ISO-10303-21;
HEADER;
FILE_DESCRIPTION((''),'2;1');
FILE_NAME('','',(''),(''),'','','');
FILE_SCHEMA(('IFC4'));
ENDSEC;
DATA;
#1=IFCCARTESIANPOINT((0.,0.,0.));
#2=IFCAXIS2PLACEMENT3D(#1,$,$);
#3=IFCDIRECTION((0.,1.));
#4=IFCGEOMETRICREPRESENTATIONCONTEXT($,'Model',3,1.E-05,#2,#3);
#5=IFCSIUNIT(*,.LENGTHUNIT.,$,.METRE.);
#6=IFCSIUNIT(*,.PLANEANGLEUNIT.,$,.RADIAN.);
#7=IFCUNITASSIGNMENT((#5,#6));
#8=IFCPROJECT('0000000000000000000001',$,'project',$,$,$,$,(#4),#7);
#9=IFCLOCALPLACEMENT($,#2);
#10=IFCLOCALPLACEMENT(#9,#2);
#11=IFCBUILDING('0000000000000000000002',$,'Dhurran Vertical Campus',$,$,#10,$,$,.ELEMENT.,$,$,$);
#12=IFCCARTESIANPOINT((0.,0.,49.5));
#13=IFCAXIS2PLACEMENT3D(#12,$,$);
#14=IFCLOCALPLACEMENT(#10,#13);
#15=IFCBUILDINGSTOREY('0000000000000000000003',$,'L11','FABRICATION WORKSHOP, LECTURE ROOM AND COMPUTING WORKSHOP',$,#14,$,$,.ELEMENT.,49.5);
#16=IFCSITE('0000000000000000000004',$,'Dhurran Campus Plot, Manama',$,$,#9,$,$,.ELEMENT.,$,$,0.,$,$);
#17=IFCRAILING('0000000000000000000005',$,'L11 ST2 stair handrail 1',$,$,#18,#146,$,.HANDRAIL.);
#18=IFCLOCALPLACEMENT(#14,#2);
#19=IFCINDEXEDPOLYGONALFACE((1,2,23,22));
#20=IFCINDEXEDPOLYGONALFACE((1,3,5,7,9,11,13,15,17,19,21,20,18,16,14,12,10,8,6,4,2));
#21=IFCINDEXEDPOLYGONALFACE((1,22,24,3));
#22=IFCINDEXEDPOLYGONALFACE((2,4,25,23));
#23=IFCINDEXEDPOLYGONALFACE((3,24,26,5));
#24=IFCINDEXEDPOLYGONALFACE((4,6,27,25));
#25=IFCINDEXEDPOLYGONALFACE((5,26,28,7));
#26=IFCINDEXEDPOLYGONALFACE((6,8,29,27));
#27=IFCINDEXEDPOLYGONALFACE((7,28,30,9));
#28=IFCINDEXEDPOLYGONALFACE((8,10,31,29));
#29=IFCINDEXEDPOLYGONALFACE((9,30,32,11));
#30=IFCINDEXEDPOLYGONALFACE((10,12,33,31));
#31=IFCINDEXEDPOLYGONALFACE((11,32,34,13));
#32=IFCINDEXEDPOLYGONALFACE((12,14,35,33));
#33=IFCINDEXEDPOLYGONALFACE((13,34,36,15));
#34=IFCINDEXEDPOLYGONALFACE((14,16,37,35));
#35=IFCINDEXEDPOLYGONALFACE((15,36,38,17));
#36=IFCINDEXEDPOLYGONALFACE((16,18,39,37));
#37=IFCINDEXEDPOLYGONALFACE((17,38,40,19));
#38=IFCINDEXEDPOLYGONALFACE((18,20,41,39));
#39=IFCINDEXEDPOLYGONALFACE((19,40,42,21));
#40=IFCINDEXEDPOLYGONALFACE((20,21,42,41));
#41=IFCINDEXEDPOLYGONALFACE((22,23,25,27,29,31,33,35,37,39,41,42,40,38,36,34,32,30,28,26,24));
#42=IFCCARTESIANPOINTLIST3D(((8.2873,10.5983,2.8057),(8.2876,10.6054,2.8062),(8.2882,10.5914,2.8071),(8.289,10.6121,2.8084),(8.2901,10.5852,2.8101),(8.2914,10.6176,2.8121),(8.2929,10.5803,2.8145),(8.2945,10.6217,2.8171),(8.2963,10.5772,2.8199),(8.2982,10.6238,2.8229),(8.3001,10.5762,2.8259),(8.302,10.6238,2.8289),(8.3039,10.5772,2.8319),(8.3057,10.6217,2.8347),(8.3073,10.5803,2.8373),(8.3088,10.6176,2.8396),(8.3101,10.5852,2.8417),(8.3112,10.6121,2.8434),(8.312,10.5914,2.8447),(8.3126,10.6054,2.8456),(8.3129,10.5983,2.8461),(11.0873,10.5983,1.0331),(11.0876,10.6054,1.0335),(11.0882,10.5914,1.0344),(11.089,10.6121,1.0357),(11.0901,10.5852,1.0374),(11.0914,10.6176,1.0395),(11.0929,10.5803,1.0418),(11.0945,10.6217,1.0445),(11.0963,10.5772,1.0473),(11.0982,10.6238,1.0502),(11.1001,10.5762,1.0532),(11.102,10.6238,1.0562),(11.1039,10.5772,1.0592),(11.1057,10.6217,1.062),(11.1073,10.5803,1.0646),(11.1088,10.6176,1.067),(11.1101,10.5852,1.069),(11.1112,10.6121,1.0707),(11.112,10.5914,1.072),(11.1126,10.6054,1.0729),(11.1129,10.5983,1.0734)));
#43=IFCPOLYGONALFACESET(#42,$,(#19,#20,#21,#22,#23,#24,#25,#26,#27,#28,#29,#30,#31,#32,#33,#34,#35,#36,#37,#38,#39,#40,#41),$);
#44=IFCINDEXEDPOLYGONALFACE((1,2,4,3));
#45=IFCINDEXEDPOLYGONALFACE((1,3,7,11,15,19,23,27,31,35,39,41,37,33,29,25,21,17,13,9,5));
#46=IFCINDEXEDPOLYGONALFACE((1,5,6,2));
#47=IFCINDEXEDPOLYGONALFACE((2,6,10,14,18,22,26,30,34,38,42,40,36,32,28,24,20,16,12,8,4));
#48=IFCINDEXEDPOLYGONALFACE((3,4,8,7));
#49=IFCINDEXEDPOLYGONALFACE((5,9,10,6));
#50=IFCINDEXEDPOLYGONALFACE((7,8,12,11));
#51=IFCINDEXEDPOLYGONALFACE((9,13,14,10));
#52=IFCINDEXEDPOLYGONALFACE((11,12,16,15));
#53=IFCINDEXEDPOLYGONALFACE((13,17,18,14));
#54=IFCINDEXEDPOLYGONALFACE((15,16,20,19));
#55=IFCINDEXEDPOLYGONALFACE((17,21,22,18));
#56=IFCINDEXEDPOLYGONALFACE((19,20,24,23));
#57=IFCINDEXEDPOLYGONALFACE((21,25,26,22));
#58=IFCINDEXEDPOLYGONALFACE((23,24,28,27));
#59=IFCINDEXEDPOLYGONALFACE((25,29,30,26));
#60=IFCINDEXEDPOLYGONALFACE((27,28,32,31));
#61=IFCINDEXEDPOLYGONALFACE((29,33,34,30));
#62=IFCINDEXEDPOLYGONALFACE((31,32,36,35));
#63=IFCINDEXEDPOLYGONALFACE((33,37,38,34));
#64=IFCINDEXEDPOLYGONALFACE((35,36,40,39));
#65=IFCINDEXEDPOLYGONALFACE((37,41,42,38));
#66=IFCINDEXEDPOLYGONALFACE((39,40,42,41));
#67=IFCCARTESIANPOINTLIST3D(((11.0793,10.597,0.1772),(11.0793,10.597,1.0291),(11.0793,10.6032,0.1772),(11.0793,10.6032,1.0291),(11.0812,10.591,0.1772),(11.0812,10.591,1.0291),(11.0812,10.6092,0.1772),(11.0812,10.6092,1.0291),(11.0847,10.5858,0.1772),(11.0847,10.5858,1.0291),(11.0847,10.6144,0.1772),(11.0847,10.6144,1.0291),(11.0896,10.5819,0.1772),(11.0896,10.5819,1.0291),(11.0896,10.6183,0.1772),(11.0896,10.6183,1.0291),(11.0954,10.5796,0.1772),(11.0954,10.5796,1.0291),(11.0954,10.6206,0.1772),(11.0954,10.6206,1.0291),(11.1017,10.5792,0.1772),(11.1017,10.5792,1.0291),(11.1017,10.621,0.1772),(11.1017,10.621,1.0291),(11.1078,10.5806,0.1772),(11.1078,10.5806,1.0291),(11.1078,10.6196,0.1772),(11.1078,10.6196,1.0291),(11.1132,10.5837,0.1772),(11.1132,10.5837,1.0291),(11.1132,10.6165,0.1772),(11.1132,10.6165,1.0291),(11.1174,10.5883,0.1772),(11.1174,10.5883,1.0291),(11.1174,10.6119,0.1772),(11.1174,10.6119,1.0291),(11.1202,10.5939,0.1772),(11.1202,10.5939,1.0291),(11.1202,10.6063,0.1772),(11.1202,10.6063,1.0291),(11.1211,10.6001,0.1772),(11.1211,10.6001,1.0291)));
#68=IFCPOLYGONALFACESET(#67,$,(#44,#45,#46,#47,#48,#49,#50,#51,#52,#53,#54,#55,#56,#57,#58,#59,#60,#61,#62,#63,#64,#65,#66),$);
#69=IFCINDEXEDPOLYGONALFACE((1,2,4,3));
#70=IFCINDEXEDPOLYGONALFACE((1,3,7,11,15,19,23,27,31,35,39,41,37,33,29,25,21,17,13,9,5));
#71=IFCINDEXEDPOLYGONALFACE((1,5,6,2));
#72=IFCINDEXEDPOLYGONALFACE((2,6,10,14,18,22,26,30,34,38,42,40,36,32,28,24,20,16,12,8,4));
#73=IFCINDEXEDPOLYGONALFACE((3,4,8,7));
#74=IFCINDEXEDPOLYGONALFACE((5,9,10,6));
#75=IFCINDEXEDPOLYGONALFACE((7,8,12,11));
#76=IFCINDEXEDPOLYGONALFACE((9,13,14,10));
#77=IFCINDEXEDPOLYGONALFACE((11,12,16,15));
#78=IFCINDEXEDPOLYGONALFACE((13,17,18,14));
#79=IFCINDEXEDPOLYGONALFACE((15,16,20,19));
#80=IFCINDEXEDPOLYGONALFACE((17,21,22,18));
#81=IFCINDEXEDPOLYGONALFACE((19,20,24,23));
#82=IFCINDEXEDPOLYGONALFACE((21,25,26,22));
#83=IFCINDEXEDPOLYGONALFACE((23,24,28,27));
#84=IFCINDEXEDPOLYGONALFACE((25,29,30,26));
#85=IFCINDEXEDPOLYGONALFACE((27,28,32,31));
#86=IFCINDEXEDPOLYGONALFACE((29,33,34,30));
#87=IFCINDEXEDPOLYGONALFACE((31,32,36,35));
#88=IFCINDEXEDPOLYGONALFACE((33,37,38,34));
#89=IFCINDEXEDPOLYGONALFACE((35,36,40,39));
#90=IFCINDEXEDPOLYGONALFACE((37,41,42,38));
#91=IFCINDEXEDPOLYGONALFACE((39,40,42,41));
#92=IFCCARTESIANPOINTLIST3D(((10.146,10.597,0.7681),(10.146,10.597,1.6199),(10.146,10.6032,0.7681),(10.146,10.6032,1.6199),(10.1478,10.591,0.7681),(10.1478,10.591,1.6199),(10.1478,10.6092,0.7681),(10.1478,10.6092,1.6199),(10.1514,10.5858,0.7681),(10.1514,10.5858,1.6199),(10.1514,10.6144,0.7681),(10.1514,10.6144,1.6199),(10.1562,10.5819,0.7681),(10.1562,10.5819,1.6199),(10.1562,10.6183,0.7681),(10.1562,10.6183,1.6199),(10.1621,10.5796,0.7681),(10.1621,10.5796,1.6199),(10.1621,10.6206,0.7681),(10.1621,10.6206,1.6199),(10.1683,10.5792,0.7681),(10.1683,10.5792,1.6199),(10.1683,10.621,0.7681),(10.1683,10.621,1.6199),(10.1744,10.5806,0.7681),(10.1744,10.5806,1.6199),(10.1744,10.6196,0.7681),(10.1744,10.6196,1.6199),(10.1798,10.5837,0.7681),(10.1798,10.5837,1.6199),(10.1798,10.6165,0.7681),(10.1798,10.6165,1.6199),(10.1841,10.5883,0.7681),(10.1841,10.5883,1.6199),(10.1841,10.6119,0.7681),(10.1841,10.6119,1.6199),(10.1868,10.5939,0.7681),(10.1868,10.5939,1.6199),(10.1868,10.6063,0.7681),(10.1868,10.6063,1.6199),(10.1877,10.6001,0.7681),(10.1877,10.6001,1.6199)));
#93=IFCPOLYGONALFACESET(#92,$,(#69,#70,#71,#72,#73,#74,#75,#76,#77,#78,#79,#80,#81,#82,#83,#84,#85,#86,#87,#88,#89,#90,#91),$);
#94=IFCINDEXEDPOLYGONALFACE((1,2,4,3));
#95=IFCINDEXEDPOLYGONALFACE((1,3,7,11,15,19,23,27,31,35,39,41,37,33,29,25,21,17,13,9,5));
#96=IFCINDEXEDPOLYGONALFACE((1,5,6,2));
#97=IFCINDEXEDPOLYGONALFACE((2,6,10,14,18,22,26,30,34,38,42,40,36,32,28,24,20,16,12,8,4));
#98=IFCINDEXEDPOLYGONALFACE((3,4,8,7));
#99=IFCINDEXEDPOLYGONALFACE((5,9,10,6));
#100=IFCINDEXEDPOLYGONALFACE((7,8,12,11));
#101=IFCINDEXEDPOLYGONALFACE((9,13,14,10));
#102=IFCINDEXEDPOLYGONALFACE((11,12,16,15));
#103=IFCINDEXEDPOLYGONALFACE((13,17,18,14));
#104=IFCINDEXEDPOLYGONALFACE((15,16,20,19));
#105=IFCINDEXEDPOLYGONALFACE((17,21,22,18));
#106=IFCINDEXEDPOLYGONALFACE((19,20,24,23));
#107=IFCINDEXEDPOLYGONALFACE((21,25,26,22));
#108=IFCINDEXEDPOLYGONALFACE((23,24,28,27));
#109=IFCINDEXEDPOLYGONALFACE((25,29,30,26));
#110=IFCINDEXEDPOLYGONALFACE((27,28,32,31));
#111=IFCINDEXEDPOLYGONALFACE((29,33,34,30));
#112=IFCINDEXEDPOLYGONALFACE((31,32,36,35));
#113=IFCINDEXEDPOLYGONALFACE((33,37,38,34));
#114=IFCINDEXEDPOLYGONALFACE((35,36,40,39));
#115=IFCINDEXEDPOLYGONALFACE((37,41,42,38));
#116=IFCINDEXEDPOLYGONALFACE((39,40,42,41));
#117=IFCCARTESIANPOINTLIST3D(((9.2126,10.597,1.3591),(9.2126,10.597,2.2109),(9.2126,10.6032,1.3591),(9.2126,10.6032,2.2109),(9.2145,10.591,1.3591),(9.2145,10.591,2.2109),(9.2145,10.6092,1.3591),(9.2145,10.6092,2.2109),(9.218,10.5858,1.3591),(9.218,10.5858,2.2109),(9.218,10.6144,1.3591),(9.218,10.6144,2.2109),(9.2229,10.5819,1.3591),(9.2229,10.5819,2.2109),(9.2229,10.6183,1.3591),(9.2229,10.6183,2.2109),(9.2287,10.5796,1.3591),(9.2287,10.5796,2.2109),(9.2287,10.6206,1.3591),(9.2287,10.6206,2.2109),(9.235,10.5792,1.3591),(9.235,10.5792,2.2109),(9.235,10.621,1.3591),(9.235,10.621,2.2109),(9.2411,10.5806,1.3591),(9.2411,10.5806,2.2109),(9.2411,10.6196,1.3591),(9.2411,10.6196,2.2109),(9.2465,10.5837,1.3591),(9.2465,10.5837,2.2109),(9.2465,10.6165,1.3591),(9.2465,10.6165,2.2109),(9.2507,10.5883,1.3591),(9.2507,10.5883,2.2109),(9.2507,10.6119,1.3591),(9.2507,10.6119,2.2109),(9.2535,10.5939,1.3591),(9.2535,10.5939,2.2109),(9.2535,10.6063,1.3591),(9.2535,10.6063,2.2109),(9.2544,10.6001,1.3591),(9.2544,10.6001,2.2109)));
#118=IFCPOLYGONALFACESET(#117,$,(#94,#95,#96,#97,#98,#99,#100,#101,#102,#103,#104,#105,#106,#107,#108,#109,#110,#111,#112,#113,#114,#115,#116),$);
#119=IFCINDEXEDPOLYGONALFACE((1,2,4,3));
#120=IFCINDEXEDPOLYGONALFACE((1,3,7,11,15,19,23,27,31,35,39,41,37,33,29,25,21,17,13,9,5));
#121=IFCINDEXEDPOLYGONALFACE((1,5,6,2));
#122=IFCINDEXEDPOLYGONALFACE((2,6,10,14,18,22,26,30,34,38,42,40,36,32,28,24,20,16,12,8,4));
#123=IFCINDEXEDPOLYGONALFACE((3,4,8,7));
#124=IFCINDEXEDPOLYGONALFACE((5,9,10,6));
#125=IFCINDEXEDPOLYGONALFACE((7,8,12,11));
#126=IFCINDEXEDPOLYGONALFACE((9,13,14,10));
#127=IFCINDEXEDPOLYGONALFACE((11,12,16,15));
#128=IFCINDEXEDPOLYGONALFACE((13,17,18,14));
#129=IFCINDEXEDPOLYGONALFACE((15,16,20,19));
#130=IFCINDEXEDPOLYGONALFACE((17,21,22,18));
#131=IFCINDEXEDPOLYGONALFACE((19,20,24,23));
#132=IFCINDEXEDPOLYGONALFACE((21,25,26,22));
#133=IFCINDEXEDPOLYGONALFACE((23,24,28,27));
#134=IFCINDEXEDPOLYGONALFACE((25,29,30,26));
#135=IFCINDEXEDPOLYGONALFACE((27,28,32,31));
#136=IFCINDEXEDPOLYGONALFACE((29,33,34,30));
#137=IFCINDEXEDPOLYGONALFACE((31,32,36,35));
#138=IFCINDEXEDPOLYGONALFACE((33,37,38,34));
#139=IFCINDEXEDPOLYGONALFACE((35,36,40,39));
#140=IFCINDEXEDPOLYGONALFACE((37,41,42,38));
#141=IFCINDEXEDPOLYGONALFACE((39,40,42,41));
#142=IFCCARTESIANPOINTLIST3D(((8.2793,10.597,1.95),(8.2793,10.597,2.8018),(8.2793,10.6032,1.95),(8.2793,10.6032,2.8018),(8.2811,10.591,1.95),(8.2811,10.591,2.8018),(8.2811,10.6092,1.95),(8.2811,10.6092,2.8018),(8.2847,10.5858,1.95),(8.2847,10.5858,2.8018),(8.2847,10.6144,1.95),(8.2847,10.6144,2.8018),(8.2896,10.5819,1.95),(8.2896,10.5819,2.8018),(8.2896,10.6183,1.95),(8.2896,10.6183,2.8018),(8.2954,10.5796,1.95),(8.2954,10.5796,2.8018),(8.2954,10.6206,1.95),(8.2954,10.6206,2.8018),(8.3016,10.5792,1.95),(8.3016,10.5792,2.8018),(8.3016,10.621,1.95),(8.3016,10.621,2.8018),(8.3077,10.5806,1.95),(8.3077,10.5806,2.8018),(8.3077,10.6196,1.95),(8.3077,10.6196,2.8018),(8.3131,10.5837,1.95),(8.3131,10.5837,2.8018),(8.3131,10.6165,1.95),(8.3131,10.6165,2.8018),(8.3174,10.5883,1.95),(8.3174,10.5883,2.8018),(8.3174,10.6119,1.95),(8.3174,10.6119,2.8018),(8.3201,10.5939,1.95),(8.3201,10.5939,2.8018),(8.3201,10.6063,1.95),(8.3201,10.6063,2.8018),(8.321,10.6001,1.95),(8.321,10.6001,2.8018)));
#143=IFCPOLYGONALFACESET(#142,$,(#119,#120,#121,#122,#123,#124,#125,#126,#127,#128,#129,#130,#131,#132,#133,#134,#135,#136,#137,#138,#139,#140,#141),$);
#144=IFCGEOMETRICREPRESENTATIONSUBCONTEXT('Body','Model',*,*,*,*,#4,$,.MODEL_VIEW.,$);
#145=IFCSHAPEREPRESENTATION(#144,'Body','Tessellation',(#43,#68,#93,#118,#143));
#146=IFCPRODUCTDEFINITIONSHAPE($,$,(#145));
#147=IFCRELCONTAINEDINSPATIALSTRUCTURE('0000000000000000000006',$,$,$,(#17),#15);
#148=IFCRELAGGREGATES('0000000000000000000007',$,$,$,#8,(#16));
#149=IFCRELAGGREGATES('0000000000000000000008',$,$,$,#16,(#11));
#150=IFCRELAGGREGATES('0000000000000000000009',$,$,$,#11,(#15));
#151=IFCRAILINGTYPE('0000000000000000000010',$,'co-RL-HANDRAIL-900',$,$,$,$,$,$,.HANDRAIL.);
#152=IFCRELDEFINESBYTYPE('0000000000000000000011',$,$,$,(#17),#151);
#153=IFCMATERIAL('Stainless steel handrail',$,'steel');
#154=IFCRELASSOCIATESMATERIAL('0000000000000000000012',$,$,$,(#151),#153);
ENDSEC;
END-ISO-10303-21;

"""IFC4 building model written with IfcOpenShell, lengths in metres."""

from ifc_helpers import new_model, si_unit, direction, frame, origin, origin_2d, place, context, subcontext, project, spatial, circle, extrude, material, type_object, element, save


model = new_model("IFC4")

# Units and contexts
model_context = context("Model", 3, precision=1e-05, world=origin(), true_north=direction((0.0, 1.0)))
body_context = subcontext(model_context, "Body", "Model", "MODEL_VIEW")
ifc_project = project(units=[si_unit("LENGTHUNIT", "METRE"), si_unit("PLANEANGLEUNIT", "RADIAN")], contexts=[model_context])

# Site, building, storey
site_placement = place(None, origin())
site = spatial("IfcSite", under=ifc_project, at=site_placement, Name="Dhurran Campus Plot, Manama", CompositionType="ELEMENT", RefElevation=0.0)
building_placement = place(site_placement, origin())
building = spatial("IfcBuilding", under=site, at=building_placement, Name="Dhurran Vertical Campus", CompositionType="ELEMENT")
storey_placement = place(building_placement, frame((0.0, 0.0, 49.5)))
storey = spatial("IfcBuildingStorey", under=building, at=storey_placement, Name="L11", Description="FABRICATION WORKSHOP, LECTURE ROOM AND COMPUTING WORKSHOP", CompositionType="ELEMENT", Elevation=49.5)

# Railing
ifc_material_1 = material(Name="Stainless steel handrail", Category="steel")
railing_type_1 = type_object("IfcRailingType", Name="co-RL-HANDRAIL-900", PredefinedType="HANDRAIL", material=ifc_material_1)
railing_1_placement = place(storey_placement, frame((11.1001, 10.6001, 0.1772)))
element("IfcRailing", 1, at=railing_1_placement, inside=storey, type_object=railing_type_1, Name="L11 ST2 stair handrail 1", PredefinedType="HANDRAIL", context=body_context, shape_type="SweptSolid", body=[
    extrude(circle(Radius=0.0239, at=origin_2d()), frame((0.0, 0.0, 0.876), z_axis=(-0.844909, 0.0, 0.53491), x_axis=(0.0, -1.0, 0.0)), (0.0, 0.0, 1.0), 3.314),
    extrude(circle(Radius=0.021, at=origin_2d()), origin(), (0.0, 0.0, 1.0), 0.8518),
    extrude(circle(Radius=0.021, at=origin_2d()), frame((-0.9333, 0.0, 0.5908)), (0.0, 0.0, 1.0), 0.8518),
    extrude(circle(Radius=0.021, at=origin_2d()), frame((-1.8667, 0.0, 1.1819)), (0.0, 0.0, 1.0), 0.8518),
    extrude(circle(Radius=0.021, at=origin_2d()), frame((-2.8, 0.0, 1.7727)), (0.0, 0.0, 1.0), 0.8518),
])

save(model, "model.ifc")
